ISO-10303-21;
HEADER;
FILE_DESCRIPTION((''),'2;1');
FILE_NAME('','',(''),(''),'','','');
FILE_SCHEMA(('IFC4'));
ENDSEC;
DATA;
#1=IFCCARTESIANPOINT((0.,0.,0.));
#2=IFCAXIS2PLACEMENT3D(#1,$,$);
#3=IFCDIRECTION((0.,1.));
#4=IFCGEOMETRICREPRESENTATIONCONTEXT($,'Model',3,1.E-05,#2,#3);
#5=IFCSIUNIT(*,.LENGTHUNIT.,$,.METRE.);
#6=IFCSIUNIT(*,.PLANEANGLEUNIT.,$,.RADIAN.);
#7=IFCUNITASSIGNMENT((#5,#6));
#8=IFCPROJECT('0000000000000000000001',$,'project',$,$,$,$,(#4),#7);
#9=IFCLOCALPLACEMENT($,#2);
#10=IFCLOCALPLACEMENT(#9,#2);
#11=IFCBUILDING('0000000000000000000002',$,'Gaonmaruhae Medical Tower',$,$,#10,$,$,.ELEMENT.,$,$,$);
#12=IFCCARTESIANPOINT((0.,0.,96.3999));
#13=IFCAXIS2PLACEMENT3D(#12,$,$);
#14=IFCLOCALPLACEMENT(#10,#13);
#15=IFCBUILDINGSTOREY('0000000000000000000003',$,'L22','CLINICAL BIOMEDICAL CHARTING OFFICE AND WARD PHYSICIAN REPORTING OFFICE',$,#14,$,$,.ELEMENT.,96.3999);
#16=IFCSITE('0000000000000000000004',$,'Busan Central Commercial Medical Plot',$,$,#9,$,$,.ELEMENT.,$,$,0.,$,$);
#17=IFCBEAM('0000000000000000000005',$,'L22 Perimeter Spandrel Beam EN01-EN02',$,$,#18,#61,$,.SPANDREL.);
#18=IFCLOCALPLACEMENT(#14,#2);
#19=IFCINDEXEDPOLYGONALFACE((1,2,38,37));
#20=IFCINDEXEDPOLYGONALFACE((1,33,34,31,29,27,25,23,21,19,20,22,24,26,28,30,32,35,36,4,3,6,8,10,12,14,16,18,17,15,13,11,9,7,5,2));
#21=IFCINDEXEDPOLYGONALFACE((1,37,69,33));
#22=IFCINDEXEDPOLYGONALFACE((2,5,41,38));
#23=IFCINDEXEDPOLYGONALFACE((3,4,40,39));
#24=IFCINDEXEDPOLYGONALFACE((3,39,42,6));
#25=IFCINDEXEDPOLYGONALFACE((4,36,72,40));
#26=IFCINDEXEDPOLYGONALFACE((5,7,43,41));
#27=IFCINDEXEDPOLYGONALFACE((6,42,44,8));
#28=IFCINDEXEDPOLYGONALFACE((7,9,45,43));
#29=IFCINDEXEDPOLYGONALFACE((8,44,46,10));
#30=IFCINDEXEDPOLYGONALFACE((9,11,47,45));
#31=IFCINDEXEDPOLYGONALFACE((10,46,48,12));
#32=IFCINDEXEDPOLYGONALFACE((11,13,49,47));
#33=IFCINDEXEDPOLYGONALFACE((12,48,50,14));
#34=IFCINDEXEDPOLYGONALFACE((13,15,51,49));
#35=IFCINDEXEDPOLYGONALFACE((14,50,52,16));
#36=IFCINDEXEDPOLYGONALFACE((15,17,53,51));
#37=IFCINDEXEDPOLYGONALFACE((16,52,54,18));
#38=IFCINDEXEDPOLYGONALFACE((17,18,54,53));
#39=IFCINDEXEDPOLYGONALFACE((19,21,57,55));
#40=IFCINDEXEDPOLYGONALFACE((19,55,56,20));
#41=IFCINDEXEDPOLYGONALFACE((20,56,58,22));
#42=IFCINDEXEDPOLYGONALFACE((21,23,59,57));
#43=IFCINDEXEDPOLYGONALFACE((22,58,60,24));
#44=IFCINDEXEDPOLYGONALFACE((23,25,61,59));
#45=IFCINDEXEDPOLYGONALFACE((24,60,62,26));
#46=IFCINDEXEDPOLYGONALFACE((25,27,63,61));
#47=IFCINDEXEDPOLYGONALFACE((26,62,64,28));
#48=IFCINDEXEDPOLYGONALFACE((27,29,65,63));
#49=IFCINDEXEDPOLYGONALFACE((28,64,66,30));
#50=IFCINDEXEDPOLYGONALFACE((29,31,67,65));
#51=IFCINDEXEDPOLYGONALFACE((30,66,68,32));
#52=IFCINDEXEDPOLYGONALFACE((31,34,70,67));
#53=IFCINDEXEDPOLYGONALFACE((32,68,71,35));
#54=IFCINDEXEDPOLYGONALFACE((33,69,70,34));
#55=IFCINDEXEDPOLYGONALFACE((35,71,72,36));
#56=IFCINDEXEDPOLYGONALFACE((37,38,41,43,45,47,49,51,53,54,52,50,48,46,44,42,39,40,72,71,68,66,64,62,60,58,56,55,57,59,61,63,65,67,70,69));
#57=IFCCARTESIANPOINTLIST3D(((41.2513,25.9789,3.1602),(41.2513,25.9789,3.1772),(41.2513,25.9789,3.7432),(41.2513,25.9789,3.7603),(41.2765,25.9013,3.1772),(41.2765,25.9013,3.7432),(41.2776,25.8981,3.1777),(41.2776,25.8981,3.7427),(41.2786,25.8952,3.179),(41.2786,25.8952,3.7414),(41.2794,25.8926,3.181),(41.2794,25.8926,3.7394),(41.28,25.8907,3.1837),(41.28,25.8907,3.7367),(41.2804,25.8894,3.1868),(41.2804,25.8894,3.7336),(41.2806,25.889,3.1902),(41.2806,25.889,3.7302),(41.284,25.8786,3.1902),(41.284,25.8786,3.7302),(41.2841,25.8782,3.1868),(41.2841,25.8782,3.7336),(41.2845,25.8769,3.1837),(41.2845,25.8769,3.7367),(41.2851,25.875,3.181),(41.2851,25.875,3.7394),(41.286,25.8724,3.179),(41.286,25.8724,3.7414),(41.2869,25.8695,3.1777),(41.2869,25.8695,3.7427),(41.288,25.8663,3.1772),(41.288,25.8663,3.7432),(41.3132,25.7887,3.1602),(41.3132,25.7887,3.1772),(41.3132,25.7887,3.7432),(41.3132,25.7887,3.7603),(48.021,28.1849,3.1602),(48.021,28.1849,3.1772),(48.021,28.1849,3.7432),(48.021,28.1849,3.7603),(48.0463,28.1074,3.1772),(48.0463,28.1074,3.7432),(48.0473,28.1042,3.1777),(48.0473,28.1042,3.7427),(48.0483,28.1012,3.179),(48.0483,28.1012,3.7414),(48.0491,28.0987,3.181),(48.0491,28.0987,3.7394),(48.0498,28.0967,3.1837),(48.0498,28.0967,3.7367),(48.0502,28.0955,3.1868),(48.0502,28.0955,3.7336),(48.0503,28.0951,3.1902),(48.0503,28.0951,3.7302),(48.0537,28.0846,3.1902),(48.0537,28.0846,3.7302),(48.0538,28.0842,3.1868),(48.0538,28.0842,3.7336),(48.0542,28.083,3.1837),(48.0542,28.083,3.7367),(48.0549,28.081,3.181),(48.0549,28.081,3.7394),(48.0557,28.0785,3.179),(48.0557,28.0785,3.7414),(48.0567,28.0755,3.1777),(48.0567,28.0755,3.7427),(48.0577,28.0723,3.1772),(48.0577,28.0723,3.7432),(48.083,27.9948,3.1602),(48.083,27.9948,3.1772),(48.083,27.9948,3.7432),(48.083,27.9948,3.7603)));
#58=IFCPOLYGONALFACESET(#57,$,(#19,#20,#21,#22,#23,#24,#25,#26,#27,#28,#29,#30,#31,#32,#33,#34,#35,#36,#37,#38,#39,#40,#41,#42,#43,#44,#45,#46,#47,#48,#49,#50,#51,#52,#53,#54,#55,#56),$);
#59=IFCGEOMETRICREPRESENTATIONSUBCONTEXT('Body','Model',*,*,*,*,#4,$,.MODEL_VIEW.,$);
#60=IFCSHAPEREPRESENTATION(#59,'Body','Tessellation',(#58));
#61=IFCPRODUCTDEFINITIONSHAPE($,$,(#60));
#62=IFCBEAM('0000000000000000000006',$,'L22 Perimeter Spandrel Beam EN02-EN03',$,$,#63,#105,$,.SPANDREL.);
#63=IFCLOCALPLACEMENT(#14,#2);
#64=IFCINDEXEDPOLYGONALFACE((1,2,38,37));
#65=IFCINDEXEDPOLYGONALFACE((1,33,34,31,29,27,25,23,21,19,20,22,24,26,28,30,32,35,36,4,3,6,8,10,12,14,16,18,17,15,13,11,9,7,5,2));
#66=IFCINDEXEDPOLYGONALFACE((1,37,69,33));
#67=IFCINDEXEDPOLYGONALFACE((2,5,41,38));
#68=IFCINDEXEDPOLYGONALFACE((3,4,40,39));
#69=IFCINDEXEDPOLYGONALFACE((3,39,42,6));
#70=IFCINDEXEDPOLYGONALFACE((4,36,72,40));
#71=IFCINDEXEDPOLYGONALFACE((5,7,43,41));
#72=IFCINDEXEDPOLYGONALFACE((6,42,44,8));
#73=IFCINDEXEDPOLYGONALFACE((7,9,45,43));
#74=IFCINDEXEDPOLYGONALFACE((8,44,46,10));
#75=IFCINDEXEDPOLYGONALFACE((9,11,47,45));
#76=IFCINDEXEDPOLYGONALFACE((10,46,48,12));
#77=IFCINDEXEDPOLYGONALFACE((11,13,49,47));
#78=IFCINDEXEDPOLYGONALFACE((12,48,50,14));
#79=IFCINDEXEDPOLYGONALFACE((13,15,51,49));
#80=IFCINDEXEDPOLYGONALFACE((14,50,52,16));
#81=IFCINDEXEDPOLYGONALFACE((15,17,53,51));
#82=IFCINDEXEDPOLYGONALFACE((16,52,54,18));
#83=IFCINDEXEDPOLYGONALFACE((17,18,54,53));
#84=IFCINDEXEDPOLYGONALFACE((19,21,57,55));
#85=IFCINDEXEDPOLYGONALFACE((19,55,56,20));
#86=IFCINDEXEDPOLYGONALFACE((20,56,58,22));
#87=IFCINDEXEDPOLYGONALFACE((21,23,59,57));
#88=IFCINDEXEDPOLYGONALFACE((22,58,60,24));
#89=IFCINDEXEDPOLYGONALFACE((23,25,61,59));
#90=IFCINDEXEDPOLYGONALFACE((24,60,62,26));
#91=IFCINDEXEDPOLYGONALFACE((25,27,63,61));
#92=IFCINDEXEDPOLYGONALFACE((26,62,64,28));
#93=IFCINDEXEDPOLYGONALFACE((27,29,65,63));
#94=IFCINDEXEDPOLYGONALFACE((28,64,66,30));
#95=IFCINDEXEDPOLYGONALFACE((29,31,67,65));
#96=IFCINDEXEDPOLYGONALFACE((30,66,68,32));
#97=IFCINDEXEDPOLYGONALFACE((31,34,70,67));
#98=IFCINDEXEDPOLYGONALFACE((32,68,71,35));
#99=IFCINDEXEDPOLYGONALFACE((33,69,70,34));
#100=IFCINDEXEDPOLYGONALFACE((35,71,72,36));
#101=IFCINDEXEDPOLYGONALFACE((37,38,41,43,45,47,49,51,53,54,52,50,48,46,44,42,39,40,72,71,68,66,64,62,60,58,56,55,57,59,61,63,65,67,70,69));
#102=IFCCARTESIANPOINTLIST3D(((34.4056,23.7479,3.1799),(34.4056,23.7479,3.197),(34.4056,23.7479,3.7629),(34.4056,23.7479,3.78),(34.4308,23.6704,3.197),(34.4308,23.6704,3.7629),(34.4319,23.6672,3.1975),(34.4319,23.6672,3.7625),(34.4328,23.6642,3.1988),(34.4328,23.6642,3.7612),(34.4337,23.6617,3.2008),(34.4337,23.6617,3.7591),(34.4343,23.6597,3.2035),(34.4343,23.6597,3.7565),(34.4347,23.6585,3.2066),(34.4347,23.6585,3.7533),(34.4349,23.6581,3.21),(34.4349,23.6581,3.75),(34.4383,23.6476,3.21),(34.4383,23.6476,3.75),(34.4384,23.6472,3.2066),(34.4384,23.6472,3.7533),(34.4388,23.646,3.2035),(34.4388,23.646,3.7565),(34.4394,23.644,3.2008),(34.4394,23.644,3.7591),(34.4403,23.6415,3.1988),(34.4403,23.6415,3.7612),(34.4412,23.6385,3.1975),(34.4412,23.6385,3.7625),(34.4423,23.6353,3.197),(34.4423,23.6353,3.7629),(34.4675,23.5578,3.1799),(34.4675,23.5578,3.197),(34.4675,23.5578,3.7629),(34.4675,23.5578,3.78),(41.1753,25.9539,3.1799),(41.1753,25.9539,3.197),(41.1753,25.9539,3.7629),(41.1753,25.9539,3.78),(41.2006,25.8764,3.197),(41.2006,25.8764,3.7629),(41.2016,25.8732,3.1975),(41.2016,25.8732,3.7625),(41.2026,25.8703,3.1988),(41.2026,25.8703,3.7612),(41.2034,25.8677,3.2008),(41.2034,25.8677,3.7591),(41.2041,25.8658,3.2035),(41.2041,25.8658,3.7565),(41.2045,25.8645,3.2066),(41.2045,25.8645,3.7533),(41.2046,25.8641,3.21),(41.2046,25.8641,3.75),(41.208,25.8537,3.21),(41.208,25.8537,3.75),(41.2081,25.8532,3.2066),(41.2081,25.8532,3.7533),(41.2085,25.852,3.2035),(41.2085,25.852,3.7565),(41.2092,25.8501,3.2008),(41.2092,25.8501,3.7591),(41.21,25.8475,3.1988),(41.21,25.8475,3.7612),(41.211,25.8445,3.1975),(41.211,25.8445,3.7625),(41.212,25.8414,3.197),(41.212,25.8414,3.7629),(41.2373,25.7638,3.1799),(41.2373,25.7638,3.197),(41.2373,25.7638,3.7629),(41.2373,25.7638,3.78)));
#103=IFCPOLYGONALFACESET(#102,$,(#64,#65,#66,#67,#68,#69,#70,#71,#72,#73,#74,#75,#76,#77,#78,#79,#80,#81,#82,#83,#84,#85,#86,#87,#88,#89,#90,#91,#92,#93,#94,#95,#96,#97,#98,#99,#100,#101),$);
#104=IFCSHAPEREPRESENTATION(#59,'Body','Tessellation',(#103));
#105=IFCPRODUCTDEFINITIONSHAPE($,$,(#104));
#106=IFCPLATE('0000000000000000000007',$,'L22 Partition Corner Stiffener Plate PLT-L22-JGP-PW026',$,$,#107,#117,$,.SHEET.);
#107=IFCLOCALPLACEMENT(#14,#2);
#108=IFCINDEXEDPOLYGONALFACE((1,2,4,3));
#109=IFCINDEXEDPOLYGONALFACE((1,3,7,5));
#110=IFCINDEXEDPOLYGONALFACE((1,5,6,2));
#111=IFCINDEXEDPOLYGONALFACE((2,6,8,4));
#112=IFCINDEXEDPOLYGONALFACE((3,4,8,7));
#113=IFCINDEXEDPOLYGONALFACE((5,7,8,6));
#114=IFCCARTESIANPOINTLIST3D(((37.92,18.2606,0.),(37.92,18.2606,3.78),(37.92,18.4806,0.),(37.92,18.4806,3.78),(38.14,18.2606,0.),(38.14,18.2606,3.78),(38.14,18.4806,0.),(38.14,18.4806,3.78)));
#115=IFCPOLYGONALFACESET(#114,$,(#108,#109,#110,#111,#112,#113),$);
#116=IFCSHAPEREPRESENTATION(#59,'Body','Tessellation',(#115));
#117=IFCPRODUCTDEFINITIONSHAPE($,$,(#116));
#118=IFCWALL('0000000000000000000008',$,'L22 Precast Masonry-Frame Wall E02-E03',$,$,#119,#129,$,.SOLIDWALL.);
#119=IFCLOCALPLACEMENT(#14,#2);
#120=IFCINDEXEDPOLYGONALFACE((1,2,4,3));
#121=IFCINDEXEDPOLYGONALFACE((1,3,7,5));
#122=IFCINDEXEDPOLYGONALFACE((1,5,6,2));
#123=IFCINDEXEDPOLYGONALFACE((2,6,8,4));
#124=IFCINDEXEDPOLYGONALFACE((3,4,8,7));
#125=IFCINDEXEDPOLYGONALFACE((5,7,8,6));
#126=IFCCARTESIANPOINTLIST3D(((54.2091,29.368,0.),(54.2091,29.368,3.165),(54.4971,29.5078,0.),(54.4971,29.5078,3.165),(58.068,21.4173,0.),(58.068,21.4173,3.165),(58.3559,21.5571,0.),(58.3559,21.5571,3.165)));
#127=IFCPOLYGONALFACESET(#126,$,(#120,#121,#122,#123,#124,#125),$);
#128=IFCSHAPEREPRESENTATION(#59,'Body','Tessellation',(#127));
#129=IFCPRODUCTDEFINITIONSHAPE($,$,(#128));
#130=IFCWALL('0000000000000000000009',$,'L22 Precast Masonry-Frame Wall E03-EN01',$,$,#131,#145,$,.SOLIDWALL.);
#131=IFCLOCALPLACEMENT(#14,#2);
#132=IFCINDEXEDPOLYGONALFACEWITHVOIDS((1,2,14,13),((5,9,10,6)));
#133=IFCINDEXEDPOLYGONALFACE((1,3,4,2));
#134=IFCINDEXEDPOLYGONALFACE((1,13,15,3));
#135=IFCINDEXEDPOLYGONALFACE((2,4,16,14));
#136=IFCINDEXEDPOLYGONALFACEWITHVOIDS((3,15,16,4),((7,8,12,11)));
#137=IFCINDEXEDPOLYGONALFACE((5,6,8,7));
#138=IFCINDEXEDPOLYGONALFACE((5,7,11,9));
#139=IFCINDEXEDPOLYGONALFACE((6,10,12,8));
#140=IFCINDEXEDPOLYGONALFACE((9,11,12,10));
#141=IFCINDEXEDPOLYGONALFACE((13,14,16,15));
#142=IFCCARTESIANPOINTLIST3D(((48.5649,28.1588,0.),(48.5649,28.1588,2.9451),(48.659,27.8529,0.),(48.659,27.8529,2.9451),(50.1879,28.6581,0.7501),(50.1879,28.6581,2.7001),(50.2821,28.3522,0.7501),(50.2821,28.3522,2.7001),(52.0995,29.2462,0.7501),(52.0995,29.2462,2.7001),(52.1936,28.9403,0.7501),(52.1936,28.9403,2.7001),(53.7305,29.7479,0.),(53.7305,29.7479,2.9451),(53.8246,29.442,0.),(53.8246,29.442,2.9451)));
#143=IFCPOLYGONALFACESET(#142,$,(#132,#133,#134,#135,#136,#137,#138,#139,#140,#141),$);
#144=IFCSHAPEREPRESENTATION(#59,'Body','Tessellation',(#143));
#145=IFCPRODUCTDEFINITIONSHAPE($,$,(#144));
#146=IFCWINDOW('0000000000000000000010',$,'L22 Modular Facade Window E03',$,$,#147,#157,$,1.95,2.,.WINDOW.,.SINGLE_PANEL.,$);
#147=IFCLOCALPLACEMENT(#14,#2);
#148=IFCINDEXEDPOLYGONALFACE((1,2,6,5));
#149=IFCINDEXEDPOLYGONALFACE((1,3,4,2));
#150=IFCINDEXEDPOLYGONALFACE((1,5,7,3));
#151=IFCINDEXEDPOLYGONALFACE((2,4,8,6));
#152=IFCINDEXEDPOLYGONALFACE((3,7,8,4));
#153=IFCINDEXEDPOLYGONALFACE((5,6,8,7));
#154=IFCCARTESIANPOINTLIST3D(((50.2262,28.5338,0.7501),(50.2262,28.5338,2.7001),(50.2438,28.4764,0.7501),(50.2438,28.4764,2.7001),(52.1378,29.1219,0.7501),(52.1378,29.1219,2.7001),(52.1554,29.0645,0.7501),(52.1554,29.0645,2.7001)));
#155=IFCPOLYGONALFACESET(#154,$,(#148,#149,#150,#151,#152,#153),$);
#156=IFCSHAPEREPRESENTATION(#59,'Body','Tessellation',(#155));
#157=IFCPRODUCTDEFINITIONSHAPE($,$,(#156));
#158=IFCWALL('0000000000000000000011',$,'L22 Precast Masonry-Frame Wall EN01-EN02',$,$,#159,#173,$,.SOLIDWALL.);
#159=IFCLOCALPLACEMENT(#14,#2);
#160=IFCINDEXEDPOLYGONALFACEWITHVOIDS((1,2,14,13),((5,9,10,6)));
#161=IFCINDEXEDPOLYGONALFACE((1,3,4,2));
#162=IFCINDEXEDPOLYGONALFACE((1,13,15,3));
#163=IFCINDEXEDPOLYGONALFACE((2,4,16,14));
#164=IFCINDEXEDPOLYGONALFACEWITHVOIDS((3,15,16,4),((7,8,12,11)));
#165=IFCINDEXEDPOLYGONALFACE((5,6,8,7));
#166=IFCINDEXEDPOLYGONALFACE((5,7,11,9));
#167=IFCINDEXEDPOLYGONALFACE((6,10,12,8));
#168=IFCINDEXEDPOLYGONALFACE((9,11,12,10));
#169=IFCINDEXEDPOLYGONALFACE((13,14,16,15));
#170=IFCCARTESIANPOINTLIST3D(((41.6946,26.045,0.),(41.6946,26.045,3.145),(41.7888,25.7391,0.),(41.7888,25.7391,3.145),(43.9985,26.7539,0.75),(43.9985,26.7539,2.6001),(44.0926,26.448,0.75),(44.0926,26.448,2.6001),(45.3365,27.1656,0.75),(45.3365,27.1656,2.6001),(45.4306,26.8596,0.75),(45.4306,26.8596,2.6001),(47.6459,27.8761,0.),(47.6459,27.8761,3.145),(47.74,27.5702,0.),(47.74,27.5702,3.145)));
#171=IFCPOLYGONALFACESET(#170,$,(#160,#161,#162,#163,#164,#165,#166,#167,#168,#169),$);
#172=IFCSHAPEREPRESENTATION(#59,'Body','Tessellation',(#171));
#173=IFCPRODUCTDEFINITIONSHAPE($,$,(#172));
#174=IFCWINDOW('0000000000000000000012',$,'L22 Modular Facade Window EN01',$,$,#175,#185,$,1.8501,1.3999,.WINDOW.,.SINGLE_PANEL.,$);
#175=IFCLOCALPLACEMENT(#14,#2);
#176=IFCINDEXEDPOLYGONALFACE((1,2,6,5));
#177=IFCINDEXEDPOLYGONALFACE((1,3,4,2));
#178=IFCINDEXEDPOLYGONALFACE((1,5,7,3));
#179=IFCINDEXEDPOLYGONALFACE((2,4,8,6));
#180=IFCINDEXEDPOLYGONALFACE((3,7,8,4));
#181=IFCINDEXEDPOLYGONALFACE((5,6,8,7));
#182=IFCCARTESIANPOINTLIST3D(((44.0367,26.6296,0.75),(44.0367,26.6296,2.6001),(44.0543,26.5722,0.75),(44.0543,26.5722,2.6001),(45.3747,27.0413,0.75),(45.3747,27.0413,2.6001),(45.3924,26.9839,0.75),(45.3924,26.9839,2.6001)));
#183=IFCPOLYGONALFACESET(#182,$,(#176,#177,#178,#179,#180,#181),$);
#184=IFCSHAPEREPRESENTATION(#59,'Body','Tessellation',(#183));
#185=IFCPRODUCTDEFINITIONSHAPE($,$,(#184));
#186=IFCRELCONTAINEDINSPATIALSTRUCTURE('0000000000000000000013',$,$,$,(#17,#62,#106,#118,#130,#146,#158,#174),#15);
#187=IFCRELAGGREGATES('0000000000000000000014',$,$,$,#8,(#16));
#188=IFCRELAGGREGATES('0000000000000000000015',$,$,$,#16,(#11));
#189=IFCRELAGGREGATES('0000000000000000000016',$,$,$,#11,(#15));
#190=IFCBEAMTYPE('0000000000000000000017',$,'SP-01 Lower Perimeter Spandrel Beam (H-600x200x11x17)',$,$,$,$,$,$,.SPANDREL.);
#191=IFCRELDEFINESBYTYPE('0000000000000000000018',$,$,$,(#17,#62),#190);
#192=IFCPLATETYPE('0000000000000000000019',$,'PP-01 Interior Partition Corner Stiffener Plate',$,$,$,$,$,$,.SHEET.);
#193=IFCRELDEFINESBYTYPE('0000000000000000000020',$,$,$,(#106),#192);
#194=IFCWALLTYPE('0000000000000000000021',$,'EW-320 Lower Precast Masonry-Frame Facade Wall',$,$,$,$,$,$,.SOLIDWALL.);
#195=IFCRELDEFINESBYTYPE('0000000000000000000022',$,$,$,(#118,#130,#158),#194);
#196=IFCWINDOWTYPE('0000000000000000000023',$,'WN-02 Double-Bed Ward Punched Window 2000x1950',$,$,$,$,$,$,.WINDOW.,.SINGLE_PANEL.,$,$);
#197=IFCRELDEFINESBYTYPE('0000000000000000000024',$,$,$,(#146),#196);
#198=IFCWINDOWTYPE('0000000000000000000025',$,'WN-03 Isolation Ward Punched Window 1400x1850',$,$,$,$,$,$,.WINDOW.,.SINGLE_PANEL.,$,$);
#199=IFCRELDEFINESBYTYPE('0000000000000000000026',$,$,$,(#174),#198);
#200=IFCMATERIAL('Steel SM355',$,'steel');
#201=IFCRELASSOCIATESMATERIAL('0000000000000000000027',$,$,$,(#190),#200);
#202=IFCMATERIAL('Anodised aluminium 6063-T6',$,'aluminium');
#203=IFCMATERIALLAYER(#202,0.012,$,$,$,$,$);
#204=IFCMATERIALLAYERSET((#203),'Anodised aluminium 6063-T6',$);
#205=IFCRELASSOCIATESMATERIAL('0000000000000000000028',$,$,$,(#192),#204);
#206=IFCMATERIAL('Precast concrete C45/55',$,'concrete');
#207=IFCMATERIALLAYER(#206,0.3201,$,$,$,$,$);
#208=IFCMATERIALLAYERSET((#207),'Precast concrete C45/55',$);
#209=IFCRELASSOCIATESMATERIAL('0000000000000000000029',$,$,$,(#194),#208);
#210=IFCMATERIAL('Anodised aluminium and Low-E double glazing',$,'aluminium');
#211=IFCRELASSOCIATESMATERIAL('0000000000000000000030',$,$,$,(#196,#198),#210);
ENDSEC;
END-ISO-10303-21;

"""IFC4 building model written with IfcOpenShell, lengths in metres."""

from ifc_helpers import new_model, si_unit, direction, frame, frame_2d, origin, origin_2d, place, context, subcontext, project, spatial, rectangle, i_section, extrude, material, layer, layer_set, material_profile, profile_set, type_object, element, fill, save


model = new_model("IFC4")

# Units and contexts
model_context = context("Model", 3, precision=1e-05, world=origin(), true_north=direction((0.0, 1.0)))
body_context = subcontext(model_context, "Body", "Model", "MODEL_VIEW")
ifc_project = project(units=[si_unit("LENGTHUNIT", "METRE"), si_unit("PLANEANGLEUNIT", "RADIAN")], contexts=[model_context])

# Site, building, storey
site_placement = place(None, origin())
site = spatial("IfcSite", under=ifc_project, at=site_placement, Name="Busan Central Commercial Medical Plot", CompositionType="ELEMENT", RefElevation=0.0)
building_placement = place(site_placement, origin())
building = spatial("IfcBuilding", under=site, at=building_placement, Name="Gaonmaruhae Medical Tower", CompositionType="ELEMENT")
storey_placement = place(building_placement, frame((0.0, 0.0, 96.3999)))
storey = spatial("IfcBuildingStorey", under=building, at=storey_placement, Name="L22", Description="CLINICAL BIOMEDICAL CHARTING OFFICE AND WARD PHYSICIAN REPORTING OFFICE", CompositionType="ELEMENT", Elevation=96.3999)

# Beams
ifc_material_1 = material(Name="Steel SM355", Category="steel")
ifc_material_profile_1 = material_profile(ifc_material_1, i_section(OverallWidth=0.2, OverallDepth=0.6001, WebThickness=0.011, FlangeThickness=0.0171, FilletRadius=0.0129, at=origin_2d()), Name="H-600x200x11x17")
ifc_profile_set_1 = profile_set([ifc_material_profile_1], Name="Steel SM355")
beam_type_1 = type_object("IfcBeamType", Name="SP-01 Lower Perimeter Spandrel Beam (H-600x200x11x17)", PredefinedType="SPANDREL", material=ifc_profile_set_1)
for number, where, z_axis, x_axis, name in (
    (1, (48.052, 28.0898, 3.4602), (-0.950791, -0.309833, 0.0), (0.309833, -0.950791, 0.0), "L22 Perimeter Spandrel Beam EN01-EN02"),
    (2, (41.2063, 25.8589, 3.48), (-0.950791, -0.309833, 0.0), (0.309833, -0.950791, 0.0), "L22 Perimeter Spandrel Beam EN02-EN03"),
):
    element("IfcBeam", number, at=place(storey_placement, frame(where, z_axis=z_axis, x_axis=x_axis)), inside=storey, type_object=beam_type_1, Name=name, PredefinedType="SPANDREL", context=body_context, shape_type="SweptSolid", body=[
        extrude(i_section(OverallWidth=0.2, OverallDepth=0.6001, WebThickness=0.011, FlangeThickness=0.0171, FilletRadius=0.0129, at=origin_2d()), origin(), (0.0, 0.0, 1.0), 7.1201),
    ])

# Plate
ifc_material_2 = material(Name="Anodised aluminium 6063-T6", Category="aluminium")
ifc_layer_1 = layer(ifc_material_2, 0.012)
ifc_layer_set_1 = layer_set([ifc_layer_1], Name="Anodised aluminium 6063-T6")
plate_type = type_object("IfcPlateType", Name="PP-01 Interior Partition Corner Stiffener Plate", PredefinedType="SHEET", material=ifc_layer_set_1)
plate_placement = place(storey_placement, frame((38.03, 18.3706, 0.0), z_axis=(0.0, 0.0, 1.0), x_axis=(0.0, 1.0, 0.0)))
element("IfcPlate", 3, at=plate_placement, inside=storey, type_object=plate_type, Name="L22 Partition Corner Stiffener Plate PLT-L22-JGP-PW026", PredefinedType="SHEET", context=body_context, shape_type="SweptSolid", body=[
    extrude(rectangle(XDim=0.22, YDim=0.22, at=origin_2d()), origin(), (0.0, 0.0, 1.0), 3.78),
])

# Wall
ifc_material_3 = material(Name="Precast concrete C45/55", Category="concrete")
ifc_layer_2 = layer(ifc_material_3, 0.3201)
ifc_layer_set_2 = layer_set([ifc_layer_2], Name="Precast concrete C45/55")
wall_type_1 = type_object("IfcWallType", Name="EW-320 Lower Precast Masonry-Frame Facade Wall", PredefinedType="SOLIDWALL", material=ifc_layer_set_2)
wall_1_placement = place(storey_placement, frame((54.353, 29.438, 0.0), z_axis=(0.0, 0.0, 1.0), x_axis=(0.436641, -0.899636, 0.0)))
element("IfcWall", 4, at=wall_1_placement, inside=storey, type_object=wall_type_1, Name="L22 Precast Masonry-Frame Wall E02-E03", PredefinedType="SOLIDWALL", context=body_context, shape_type="SweptSolid", body=[
    extrude(rectangle(XDim=8.8376, YDim=0.3201, at=frame_2d((4.4189, 0.0))), origin(), (0.0, 0.0, 1.0), 3.165),
])

# Walls, openings, windows
wall_2_placement = place(storey_placement, frame((48.6121, 28.0059, 0.0), z_axis=(0.0, 0.0, 1.0), x_axis=(0.955794, 0.294038, 0.0)))
wall_2 = element("IfcWall", 5, at=wall_2_placement, inside=storey, type_object=wall_type_1, Name="L22 Precast Masonry-Frame Wall E03-EN01", PredefinedType="SOLIDWALL", context=body_context, shape_type="SweptSolid", body=[
    extrude(rectangle(XDim=5.4045, YDim=0.3201, at=frame_2d((2.7021, 0.0))), origin(), (0.0, 0.0, 1.0), 2.9451),
])
opening_1_placement = place(wall_2_placement, frame((1.698, 0.0, 0.75)))
opening_1 = element("IfcOpeningElement", 6, at=opening_1_placement, cuts=wall_2, PredefinedType="OPENING", context=body_context, shape_type="SweptSolid", body=[
    extrude(rectangle(XDim=2.0, YDim=1.95, at=frame_2d((1.0, 0.9751))), frame((0.0, 0.1699, 0.0), z_axis=(0.0, -1.0, 0.0), x_axis=(1.0, 0.0, 0.0)), (0.0, 0.0, 1.0), 0.3401),
])
ifc_material_4 = material(Name="Anodised aluminium and Low-E double glazing", Category="aluminium")
window_type_1 = type_object("IfcWindowType", Name="WN-02 Double-Bed Ward Punched Window 2000x1950", PartitioningType="SINGLE_PANEL", PredefinedType="WINDOW", material=ifc_material_4)
window_1_placement = place(opening_1_placement, origin())
window_1 = element("IfcWindow", 7, at=window_1_placement, inside=storey, type_object=window_type_1, Name="L22 Modular Facade Window E03", OverallHeight=1.95, OverallWidth=2.0, PartitioningType="SINGLE_PANEL", PredefinedType="WINDOW", context=body_context, shape_type="SweptSolid", body=[
    extrude(rectangle(XDim=2.0, YDim=1.95, at=frame_2d((1.0, 0.9751))), frame((0.0, 0.03, 0.0), z_axis=(0.0, -1.0, 0.0), x_axis=(1.0, 0.0, 0.0)), (0.0, 0.0, 1.0), 0.0601),
])
fill(opening_1, window_1)
wall_3_placement = place(storey_placement, frame((41.7417, 25.8921, 0.0), z_axis=(0.0, 0.0, 1.0), x_axis=(0.955782, 0.294075, 0.0)))
wall_3 = element("IfcWall", 8, at=wall_3_placement, inside=storey, type_object=wall_type_1, Name="L22 Precast Masonry-Frame Wall EN01-EN02", PredefinedType="SOLIDWALL", context=body_context, shape_type="SweptSolid", body=[
    extrude(rectangle(XDim=6.2266, YDim=0.3201, at=frame_2d((3.1133, 0.0))), origin(), (0.0, 0.0, 1.0), 3.145),
])
opening_2_placement = place(wall_3_placement, frame((2.4104, 0.0, 0.75)))
opening_2 = element("IfcOpeningElement", 9, at=opening_2_placement, cuts=wall_3, PredefinedType="OPENING", context=body_context, shape_type="SweptSolid", body=[
    extrude(rectangle(XDim=1.3999, YDim=1.8501, at=frame_2d((0.7, 0.925))), frame((0.0, 0.1699, 0.0), z_axis=(0.0, -1.0, 0.0), x_axis=(1.0, 0.0, 0.0)), (0.0, 0.0, 1.0), 0.3401),
])
window_type_2 = type_object("IfcWindowType", Name="WN-03 Isolation Ward Punched Window 1400x1850", PartitioningType="SINGLE_PANEL", PredefinedType="WINDOW", material=ifc_material_4)
window_2_placement = place(opening_2_placement, origin())
window_2 = element("IfcWindow", 10, at=window_2_placement, inside=storey, type_object=window_type_2, Name="L22 Modular Facade Window EN01", OverallHeight=1.8501, OverallWidth=1.3999, PartitioningType="SINGLE_PANEL", PredefinedType="WINDOW", context=body_context, shape_type="SweptSolid", body=[
    extrude(rectangle(XDim=1.3999, YDim=1.8501, at=frame_2d((0.7, 0.925))), frame((0.0, 0.03, 0.0), z_axis=(0.0, -1.0, 0.0), x_axis=(1.0, 0.0, 0.0)), (0.0, 0.0, 1.0), 0.0601),
])
fill(opening_2, window_2)

save(model, "model.ifc")
